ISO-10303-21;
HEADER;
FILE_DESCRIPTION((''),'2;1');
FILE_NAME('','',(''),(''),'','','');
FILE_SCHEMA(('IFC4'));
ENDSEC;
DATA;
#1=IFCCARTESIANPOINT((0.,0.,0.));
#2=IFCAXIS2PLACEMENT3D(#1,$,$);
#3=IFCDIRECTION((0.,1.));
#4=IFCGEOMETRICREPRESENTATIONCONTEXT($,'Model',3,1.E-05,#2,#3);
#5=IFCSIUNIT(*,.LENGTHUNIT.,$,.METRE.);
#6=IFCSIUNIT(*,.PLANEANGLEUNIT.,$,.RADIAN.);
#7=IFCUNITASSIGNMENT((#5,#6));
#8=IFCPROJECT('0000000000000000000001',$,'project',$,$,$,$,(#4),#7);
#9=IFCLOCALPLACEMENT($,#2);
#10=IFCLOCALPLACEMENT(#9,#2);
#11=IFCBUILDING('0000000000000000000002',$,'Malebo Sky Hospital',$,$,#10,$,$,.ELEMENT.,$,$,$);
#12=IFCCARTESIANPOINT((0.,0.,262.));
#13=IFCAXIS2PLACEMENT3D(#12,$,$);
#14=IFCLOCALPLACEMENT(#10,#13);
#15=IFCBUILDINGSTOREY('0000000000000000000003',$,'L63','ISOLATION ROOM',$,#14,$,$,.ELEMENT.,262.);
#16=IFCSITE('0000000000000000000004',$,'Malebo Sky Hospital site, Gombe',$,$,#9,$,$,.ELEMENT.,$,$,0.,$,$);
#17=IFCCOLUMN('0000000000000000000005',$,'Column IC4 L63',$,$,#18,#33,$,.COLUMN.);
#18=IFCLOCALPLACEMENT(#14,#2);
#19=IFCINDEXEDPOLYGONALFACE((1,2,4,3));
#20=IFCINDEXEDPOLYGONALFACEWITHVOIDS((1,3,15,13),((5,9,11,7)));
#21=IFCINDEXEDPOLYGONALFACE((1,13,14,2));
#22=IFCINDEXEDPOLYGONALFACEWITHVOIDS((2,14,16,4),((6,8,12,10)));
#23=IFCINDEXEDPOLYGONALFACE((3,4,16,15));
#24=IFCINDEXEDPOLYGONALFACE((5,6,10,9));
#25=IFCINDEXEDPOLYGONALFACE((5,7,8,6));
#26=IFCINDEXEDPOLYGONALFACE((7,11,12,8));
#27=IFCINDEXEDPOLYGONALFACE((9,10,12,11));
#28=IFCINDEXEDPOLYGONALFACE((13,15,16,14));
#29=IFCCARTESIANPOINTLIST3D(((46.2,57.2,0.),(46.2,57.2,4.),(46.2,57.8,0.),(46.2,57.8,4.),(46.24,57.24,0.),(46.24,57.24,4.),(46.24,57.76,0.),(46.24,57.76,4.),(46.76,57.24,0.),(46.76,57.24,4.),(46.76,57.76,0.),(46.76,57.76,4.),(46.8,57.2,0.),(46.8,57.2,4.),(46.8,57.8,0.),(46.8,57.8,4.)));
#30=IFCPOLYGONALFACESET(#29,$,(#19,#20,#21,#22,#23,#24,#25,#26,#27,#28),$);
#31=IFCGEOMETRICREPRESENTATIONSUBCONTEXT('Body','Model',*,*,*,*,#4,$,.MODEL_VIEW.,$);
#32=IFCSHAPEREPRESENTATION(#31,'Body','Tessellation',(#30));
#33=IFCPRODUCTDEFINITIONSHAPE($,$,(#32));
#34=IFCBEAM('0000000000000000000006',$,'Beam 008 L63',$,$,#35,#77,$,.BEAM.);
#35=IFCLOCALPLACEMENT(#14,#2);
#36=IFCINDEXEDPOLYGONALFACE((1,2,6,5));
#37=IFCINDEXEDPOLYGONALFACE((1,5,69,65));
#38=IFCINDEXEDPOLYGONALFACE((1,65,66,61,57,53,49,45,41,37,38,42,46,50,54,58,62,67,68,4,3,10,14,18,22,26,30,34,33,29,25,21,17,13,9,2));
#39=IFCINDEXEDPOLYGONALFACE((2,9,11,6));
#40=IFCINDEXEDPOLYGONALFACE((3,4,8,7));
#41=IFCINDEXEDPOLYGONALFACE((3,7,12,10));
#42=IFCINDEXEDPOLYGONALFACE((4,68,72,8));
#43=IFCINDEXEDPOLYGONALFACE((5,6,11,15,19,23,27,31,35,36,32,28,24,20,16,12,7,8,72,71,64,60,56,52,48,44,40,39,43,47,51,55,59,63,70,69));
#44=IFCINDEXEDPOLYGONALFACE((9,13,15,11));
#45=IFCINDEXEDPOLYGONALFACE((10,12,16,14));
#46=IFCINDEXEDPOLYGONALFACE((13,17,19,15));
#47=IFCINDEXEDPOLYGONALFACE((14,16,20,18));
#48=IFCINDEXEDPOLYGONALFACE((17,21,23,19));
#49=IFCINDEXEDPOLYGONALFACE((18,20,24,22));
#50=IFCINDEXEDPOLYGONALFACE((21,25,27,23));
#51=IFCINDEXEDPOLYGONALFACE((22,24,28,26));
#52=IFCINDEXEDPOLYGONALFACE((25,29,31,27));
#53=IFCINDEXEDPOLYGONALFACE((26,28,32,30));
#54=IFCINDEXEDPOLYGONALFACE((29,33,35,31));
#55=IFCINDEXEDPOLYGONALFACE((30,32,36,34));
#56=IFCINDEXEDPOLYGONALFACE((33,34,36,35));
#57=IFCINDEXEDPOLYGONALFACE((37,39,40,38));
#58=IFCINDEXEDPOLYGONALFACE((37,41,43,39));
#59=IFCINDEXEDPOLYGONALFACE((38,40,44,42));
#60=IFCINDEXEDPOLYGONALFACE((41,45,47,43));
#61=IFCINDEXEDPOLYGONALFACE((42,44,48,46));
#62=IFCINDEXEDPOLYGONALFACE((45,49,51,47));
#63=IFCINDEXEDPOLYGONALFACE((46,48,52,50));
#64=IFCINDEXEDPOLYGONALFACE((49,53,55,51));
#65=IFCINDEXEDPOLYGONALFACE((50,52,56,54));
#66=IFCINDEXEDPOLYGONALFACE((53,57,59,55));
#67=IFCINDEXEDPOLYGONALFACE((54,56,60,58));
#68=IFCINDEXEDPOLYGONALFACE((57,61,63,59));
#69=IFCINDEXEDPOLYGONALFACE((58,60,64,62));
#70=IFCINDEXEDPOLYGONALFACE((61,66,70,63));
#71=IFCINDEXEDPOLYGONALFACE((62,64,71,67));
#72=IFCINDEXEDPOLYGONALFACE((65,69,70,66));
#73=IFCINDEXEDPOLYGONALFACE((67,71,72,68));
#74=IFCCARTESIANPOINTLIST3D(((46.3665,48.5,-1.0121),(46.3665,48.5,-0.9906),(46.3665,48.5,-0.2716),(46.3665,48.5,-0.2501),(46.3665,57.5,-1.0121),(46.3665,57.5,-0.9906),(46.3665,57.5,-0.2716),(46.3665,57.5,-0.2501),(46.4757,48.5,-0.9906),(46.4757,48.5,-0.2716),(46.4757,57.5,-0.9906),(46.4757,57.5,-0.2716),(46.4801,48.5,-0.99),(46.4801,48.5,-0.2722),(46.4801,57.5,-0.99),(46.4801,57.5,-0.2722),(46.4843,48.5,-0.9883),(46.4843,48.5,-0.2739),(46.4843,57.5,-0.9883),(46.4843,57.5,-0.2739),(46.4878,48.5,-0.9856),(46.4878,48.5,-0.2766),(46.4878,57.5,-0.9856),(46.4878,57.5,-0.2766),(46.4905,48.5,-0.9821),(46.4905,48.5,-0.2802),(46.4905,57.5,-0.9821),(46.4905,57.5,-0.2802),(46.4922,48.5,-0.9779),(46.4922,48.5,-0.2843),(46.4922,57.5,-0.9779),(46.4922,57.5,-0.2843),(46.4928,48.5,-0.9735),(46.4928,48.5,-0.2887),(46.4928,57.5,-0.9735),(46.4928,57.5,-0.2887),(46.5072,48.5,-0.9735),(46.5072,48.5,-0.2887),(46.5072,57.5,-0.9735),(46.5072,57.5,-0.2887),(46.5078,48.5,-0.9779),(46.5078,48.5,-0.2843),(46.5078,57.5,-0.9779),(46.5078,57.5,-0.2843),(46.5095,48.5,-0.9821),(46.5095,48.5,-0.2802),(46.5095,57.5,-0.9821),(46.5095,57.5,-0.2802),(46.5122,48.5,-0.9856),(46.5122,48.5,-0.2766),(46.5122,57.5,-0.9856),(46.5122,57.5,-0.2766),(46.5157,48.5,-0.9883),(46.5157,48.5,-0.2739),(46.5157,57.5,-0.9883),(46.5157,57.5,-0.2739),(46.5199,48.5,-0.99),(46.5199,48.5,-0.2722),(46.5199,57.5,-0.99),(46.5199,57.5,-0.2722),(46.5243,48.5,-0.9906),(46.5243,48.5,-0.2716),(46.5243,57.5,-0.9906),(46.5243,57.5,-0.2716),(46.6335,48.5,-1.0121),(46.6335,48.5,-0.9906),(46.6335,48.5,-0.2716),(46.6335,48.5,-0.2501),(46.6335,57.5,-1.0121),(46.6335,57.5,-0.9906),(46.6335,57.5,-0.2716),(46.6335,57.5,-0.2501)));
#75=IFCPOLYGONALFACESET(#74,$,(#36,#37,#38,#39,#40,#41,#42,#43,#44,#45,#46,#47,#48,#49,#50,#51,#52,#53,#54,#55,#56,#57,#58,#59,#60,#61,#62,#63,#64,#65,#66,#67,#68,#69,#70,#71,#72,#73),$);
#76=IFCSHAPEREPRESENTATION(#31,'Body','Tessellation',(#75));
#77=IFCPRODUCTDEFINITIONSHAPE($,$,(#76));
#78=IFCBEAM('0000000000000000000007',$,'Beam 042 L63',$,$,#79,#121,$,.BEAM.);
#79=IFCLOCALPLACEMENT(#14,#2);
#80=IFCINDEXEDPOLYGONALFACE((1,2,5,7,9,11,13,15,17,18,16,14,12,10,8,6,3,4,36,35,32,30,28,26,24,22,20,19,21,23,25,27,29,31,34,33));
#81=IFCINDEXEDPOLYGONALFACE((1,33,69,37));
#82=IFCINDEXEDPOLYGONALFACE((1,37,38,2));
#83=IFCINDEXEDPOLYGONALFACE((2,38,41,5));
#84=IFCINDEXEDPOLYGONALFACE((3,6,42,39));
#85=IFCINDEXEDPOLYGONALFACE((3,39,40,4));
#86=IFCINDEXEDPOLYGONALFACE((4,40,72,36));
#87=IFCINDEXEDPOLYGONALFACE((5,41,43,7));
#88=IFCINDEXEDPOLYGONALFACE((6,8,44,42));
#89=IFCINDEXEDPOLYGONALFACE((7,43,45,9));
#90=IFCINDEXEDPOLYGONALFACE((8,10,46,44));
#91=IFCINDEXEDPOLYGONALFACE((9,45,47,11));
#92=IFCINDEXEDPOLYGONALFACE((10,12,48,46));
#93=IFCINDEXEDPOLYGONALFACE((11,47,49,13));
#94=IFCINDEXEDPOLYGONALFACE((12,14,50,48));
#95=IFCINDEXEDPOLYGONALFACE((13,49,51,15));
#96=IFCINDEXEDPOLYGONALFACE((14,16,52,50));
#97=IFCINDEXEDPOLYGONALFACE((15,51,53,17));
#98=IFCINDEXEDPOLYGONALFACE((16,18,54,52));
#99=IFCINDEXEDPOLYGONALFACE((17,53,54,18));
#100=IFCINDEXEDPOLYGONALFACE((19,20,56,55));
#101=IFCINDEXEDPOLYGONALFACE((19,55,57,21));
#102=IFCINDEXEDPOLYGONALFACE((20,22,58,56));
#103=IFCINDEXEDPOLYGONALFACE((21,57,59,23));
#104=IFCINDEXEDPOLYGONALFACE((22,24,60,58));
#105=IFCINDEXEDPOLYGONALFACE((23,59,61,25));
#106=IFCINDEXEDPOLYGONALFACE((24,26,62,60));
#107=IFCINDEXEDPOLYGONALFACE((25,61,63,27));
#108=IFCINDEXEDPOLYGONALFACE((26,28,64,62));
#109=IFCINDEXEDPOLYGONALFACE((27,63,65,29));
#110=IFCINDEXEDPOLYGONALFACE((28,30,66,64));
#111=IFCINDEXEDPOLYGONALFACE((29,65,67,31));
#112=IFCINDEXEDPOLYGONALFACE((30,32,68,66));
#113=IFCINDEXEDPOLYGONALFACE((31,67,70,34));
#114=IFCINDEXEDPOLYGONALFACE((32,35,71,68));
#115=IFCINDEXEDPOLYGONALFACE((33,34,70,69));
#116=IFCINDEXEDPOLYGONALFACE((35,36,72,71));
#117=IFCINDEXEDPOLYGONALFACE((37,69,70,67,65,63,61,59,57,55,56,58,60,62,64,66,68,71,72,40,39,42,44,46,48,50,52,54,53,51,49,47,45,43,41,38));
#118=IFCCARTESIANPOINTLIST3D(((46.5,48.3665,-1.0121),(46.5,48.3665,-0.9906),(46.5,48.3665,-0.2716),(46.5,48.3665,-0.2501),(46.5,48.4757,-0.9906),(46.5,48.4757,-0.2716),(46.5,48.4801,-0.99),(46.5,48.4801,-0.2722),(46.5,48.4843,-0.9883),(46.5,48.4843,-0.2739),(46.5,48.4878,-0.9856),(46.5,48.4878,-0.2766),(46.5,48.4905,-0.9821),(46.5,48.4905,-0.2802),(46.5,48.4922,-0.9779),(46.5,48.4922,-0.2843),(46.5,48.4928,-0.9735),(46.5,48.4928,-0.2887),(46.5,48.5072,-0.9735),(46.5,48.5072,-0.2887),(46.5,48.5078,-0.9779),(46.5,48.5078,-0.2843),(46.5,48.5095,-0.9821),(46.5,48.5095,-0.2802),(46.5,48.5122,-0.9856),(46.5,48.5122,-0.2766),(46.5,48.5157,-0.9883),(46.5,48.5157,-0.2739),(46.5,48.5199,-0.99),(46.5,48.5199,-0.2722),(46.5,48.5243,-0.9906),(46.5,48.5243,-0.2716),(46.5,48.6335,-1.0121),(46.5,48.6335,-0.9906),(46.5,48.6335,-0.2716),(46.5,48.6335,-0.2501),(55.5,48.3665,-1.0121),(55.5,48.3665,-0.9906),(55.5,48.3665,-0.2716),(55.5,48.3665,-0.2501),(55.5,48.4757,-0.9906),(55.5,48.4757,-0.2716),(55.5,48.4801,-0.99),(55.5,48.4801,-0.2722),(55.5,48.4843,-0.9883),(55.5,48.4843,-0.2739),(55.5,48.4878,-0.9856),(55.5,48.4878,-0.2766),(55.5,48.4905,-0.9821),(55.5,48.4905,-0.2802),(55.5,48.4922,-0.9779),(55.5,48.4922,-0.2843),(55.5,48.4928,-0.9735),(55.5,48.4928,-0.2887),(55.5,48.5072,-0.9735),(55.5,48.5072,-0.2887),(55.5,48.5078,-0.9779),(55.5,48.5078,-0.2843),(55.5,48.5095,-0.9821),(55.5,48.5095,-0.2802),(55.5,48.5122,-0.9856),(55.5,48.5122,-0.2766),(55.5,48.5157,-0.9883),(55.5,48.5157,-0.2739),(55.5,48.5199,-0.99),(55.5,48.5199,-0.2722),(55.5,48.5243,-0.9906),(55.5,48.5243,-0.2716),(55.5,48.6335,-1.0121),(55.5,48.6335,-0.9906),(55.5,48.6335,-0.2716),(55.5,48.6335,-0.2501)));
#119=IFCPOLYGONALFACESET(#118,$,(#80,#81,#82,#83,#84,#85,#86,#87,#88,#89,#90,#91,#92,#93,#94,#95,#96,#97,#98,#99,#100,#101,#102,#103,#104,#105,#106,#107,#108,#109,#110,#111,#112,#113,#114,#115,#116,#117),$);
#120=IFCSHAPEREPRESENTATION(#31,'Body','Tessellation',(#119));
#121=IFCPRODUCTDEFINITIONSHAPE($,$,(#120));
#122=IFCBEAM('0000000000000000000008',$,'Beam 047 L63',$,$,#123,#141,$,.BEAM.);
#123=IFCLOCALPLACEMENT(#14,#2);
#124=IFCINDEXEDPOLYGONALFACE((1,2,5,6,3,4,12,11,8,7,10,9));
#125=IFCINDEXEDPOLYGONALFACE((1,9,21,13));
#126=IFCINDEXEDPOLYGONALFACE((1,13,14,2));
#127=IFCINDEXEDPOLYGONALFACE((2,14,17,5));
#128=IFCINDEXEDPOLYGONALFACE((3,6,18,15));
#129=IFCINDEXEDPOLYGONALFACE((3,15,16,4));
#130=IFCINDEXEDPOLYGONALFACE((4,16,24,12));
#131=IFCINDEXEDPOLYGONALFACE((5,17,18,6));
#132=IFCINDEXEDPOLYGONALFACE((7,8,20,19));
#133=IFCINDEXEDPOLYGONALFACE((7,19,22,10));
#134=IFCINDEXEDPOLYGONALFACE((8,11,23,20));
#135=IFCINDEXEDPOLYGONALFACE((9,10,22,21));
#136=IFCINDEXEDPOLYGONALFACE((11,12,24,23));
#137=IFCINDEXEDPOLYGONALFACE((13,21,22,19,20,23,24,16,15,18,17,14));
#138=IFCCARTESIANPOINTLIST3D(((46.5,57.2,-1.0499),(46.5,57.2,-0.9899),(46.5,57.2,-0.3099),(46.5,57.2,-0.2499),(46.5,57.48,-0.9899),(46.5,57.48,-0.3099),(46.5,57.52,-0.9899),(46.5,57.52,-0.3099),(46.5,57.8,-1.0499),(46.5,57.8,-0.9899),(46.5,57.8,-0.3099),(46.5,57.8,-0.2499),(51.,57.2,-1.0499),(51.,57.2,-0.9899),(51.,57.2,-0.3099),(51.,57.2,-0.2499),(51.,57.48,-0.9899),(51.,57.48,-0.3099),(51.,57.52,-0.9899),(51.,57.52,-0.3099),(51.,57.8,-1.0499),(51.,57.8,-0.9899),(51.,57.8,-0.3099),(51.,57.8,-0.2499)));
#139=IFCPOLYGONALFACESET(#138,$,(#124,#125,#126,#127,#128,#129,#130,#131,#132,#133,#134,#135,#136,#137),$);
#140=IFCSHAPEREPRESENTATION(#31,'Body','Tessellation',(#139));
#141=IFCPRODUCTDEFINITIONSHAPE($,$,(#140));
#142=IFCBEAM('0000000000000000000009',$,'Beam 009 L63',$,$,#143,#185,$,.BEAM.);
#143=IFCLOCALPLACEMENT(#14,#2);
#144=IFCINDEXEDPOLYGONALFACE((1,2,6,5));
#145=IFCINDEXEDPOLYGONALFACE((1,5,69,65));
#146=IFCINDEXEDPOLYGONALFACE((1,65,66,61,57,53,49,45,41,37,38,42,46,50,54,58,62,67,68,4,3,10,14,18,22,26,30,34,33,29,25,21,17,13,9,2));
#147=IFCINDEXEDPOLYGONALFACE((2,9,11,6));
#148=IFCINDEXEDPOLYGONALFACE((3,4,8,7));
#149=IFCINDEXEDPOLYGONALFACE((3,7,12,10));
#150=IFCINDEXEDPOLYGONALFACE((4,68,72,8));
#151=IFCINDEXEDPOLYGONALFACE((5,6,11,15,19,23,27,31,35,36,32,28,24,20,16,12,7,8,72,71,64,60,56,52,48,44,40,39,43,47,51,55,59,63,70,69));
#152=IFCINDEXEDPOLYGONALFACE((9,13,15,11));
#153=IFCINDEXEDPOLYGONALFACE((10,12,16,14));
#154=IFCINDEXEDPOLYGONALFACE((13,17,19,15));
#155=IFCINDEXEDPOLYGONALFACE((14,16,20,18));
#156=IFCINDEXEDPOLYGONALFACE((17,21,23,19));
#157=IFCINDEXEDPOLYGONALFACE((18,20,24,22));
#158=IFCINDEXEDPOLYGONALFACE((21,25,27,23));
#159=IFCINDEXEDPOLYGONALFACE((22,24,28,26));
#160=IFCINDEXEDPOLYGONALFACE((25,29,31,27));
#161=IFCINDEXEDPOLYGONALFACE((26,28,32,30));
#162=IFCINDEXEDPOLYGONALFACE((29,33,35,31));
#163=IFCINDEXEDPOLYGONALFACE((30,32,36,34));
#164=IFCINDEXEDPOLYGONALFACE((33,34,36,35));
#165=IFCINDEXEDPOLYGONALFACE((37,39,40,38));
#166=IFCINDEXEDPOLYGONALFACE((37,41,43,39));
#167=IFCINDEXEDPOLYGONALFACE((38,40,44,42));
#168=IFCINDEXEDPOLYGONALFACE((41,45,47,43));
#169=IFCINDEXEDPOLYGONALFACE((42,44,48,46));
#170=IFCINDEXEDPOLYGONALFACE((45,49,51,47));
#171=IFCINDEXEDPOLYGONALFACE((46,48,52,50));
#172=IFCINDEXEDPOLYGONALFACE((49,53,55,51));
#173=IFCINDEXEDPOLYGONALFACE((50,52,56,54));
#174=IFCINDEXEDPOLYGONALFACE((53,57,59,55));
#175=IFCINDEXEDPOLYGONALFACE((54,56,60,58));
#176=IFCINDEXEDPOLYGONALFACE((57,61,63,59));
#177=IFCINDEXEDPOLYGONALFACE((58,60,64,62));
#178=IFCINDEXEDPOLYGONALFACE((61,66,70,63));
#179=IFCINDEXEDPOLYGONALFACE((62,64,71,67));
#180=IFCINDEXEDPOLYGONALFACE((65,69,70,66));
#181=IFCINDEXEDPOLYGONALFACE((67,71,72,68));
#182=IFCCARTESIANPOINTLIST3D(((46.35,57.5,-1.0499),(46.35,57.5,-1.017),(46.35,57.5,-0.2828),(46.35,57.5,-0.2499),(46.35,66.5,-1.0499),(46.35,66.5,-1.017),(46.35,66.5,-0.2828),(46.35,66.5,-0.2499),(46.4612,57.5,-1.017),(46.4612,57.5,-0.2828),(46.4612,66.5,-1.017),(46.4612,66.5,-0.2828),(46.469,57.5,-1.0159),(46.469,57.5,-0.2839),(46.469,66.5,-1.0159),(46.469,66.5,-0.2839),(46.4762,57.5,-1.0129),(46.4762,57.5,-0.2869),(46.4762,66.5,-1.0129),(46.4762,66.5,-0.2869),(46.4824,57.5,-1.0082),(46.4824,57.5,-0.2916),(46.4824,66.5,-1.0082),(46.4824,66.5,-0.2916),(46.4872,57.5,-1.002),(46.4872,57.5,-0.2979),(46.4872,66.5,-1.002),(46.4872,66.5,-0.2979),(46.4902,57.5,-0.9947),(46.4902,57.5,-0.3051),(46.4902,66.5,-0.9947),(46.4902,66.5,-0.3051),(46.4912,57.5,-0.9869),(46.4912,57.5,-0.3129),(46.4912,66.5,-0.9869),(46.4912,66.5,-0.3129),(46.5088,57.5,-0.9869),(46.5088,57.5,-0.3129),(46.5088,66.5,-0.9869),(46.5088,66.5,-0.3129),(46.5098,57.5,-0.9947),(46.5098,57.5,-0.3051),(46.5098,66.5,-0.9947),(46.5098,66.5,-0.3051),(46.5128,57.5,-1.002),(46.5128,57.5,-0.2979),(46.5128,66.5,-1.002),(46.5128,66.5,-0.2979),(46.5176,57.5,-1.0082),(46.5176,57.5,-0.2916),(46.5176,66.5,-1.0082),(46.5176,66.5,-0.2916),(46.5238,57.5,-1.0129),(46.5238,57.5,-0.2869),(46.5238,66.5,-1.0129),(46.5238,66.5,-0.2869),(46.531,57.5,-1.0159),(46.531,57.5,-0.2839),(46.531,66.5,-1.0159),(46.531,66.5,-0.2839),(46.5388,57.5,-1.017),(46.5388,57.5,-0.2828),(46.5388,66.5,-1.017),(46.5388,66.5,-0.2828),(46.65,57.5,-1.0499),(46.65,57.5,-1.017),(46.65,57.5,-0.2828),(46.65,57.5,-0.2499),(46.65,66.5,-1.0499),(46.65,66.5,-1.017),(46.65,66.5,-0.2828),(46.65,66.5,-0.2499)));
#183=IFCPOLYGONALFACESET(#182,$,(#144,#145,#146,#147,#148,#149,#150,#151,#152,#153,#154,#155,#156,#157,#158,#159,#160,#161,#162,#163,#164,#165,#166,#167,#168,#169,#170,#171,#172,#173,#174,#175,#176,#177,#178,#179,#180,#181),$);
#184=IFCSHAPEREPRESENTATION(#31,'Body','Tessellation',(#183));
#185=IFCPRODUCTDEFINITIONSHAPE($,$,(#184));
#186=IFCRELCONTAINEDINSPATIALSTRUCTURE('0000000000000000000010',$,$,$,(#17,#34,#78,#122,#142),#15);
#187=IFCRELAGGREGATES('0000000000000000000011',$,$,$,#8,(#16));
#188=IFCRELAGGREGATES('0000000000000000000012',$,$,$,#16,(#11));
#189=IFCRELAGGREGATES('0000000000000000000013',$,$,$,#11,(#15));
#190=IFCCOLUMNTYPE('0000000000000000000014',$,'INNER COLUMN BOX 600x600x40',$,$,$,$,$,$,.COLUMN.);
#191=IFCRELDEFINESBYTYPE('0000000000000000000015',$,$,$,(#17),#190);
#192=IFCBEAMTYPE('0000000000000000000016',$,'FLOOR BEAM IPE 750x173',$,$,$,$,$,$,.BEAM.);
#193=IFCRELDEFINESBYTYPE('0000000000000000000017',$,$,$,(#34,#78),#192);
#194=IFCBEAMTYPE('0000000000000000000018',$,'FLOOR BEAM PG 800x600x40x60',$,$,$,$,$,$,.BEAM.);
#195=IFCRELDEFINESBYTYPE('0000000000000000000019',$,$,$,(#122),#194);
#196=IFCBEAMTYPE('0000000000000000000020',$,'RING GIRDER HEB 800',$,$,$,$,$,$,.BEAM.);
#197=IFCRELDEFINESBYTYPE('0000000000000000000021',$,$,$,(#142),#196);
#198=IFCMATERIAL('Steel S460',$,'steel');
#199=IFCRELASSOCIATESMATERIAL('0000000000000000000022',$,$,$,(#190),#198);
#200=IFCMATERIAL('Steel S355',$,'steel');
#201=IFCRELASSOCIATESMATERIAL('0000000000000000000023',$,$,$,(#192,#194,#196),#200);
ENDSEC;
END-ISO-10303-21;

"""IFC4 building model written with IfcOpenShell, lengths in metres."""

from ifc_helpers import new_model, si_unit, direction, frame, origin, origin_2d, place, context, subcontext, project, spatial, hollow_rectangle, i_section, extrude, material, material_profile, profile_set, type_object, element, save


model = new_model("IFC4")

# Units and contexts
model_context = context("Model", 3, precision=1e-05, world=origin(), true_north=direction((0.0, 1.0)))
body_context = subcontext(model_context, "Body", "Model", "MODEL_VIEW")
ifc_project = project(units=[si_unit("LENGTHUNIT", "METRE"), si_unit("PLANEANGLEUNIT", "RADIAN")], contexts=[model_context])

# Site, building, storey
site_placement = place(None, origin())
site = spatial("IfcSite", under=ifc_project, at=site_placement, Name="Malebo Sky Hospital site, Gombe", CompositionType="ELEMENT", RefElevation=0.0)
building_placement = place(site_placement, origin())
building = spatial("IfcBuilding", under=site, at=building_placement, Name="Malebo Sky Hospital", CompositionType="ELEMENT")
storey_placement = place(building_placement, frame((0.0, 0.0, 262.0)))
storey = spatial("IfcBuildingStorey", under=building, at=storey_placement, Name="L63", Description="ISOLATION ROOM", CompositionType="ELEMENT", Elevation=262.0)

# Column
ifc_material_1 = material(Name="Steel S460", Category="steel")
ifc_material_profile_1 = material_profile(ifc_material_1, hollow_rectangle(XDim=0.6001, YDim=0.6001, WallThickness=0.04, at=origin_2d()), Name="BOX 600x600x40")
ifc_profile_set_1 = profile_set([ifc_material_profile_1], Name="Steel S460")
column_type = type_object("IfcColumnType", Name="INNER COLUMN BOX 600x600x40", PredefinedType="COLUMN", material=ifc_profile_set_1)
column_placement = place(storey_placement, frame((46.5, 57.5, 0.0), z_axis=(0.0, 0.0, 1.0), x_axis=(1.0, 0.0, 0.0)))
element("IfcColumn", 1, at=column_placement, inside=storey, type_object=column_type, Name="Column IC4 L63", PredefinedType="COLUMN", context=body_context, shape_type="SweptSolid", body=[
    extrude(hollow_rectangle(XDim=0.6001, YDim=0.6001, WallThickness=0.04, at=origin_2d()), origin(), (0.0, 0.0, 1.0), 4.0),
])

# Beams
ifc_material_2 = material(Name="Steel S355", Category="steel")
ifc_material_profile_2 = material_profile(ifc_material_2, i_section(OverallWidth=0.2671, OverallDepth=0.762, WebThickness=0.0144, FlangeThickness=0.0215, FilletRadius=0.0171, at=origin_2d()), Name="IPE 750x173")
ifc_profile_set_2 = profile_set([ifc_material_profile_2], Name="Steel S355")
beam_type_1 = type_object("IfcBeamType", Name="FLOOR BEAM IPE 750x173", PredefinedType="BEAM", material=ifc_profile_set_2)
for number, where, z_axis, x_axis, name in (
    (2, (46.5, 48.5, -0.6311), (0.0, 1.0, 0.0), (-1.0, 0.0, 0.0), "Beam 008 L63"),
    (3, (46.5, 48.5, -0.6311), (1.0, 0.0, 0.0), (0.0, 1.0, 0.0), "Beam 042 L63"),
):
    element("IfcBeam", number, at=place(storey_placement, frame(where, z_axis=z_axis, x_axis=x_axis)), inside=storey, type_object=beam_type_1, Name=name, PredefinedType="BEAM", context=body_context, shape_type="SweptSolid", body=[
        extrude(i_section(OverallWidth=0.2671, OverallDepth=0.762, WebThickness=0.0144, FlangeThickness=0.0215, FilletRadius=0.0171, at=origin_2d()), origin(), (0.0, 0.0, 1.0), 9.0),
    ])
ifc_material_profile_3 = material_profile(ifc_material_2, i_section(OverallWidth=0.6001, OverallDepth=0.8, WebThickness=0.04, FlangeThickness=0.0601, at=origin_2d()), Name="PG 800x600x40x60")
ifc_profile_set_3 = profile_set([ifc_material_profile_3], Name="Steel S355")
beam_type_2 = type_object("IfcBeamType", Name="FLOOR BEAM PG 800x600x40x60", PredefinedType="BEAM", material=ifc_profile_set_3)
beam_1_placement = place(storey_placement, frame((46.5, 57.5, -0.6499), z_axis=(1.0, 0.0, 0.0), x_axis=(0.0, 1.0, 0.0)))
element("IfcBeam", 4, at=beam_1_placement, inside=storey, type_object=beam_type_2, Name="Beam 047 L63", PredefinedType="BEAM", context=body_context, shape_type="SweptSolid", body=[
    extrude(i_section(OverallWidth=0.6001, OverallDepth=0.8, WebThickness=0.04, FlangeThickness=0.0601, at=origin_2d()), origin(), (0.0, 0.0, 1.0), 4.5),
])
ifc_material_profile_4 = material_profile(ifc_material_2, i_section(OverallWidth=0.3, OverallDepth=0.8, WebThickness=0.0176, FlangeThickness=0.033, FilletRadius=0.03, at=origin_2d()), Name="HEB 800")
ifc_profile_set_4 = profile_set([ifc_material_profile_4], Name="Steel S355")
beam_type_3 = type_object("IfcBeamType", Name="RING GIRDER HEB 800", PredefinedType="BEAM", material=ifc_profile_set_4)
beam_2_placement = place(storey_placement, frame((46.5, 57.5, -0.6499), z_axis=(0.0, 1.0, 0.0), x_axis=(-1.0, 0.0, 0.0)))
element("IfcBeam", 5, at=beam_2_placement, inside=storey, type_object=beam_type_3, Name="Beam 009 L63", PredefinedType="BEAM", context=body_context, shape_type="SweptSolid", body=[
    extrude(i_section(OverallWidth=0.3, OverallDepth=0.8, WebThickness=0.0176, FlangeThickness=0.033, FilletRadius=0.03, at=origin_2d()), origin(), (0.0, 0.0, 1.0), 9.0),
])

save(model, "model.ifc")
